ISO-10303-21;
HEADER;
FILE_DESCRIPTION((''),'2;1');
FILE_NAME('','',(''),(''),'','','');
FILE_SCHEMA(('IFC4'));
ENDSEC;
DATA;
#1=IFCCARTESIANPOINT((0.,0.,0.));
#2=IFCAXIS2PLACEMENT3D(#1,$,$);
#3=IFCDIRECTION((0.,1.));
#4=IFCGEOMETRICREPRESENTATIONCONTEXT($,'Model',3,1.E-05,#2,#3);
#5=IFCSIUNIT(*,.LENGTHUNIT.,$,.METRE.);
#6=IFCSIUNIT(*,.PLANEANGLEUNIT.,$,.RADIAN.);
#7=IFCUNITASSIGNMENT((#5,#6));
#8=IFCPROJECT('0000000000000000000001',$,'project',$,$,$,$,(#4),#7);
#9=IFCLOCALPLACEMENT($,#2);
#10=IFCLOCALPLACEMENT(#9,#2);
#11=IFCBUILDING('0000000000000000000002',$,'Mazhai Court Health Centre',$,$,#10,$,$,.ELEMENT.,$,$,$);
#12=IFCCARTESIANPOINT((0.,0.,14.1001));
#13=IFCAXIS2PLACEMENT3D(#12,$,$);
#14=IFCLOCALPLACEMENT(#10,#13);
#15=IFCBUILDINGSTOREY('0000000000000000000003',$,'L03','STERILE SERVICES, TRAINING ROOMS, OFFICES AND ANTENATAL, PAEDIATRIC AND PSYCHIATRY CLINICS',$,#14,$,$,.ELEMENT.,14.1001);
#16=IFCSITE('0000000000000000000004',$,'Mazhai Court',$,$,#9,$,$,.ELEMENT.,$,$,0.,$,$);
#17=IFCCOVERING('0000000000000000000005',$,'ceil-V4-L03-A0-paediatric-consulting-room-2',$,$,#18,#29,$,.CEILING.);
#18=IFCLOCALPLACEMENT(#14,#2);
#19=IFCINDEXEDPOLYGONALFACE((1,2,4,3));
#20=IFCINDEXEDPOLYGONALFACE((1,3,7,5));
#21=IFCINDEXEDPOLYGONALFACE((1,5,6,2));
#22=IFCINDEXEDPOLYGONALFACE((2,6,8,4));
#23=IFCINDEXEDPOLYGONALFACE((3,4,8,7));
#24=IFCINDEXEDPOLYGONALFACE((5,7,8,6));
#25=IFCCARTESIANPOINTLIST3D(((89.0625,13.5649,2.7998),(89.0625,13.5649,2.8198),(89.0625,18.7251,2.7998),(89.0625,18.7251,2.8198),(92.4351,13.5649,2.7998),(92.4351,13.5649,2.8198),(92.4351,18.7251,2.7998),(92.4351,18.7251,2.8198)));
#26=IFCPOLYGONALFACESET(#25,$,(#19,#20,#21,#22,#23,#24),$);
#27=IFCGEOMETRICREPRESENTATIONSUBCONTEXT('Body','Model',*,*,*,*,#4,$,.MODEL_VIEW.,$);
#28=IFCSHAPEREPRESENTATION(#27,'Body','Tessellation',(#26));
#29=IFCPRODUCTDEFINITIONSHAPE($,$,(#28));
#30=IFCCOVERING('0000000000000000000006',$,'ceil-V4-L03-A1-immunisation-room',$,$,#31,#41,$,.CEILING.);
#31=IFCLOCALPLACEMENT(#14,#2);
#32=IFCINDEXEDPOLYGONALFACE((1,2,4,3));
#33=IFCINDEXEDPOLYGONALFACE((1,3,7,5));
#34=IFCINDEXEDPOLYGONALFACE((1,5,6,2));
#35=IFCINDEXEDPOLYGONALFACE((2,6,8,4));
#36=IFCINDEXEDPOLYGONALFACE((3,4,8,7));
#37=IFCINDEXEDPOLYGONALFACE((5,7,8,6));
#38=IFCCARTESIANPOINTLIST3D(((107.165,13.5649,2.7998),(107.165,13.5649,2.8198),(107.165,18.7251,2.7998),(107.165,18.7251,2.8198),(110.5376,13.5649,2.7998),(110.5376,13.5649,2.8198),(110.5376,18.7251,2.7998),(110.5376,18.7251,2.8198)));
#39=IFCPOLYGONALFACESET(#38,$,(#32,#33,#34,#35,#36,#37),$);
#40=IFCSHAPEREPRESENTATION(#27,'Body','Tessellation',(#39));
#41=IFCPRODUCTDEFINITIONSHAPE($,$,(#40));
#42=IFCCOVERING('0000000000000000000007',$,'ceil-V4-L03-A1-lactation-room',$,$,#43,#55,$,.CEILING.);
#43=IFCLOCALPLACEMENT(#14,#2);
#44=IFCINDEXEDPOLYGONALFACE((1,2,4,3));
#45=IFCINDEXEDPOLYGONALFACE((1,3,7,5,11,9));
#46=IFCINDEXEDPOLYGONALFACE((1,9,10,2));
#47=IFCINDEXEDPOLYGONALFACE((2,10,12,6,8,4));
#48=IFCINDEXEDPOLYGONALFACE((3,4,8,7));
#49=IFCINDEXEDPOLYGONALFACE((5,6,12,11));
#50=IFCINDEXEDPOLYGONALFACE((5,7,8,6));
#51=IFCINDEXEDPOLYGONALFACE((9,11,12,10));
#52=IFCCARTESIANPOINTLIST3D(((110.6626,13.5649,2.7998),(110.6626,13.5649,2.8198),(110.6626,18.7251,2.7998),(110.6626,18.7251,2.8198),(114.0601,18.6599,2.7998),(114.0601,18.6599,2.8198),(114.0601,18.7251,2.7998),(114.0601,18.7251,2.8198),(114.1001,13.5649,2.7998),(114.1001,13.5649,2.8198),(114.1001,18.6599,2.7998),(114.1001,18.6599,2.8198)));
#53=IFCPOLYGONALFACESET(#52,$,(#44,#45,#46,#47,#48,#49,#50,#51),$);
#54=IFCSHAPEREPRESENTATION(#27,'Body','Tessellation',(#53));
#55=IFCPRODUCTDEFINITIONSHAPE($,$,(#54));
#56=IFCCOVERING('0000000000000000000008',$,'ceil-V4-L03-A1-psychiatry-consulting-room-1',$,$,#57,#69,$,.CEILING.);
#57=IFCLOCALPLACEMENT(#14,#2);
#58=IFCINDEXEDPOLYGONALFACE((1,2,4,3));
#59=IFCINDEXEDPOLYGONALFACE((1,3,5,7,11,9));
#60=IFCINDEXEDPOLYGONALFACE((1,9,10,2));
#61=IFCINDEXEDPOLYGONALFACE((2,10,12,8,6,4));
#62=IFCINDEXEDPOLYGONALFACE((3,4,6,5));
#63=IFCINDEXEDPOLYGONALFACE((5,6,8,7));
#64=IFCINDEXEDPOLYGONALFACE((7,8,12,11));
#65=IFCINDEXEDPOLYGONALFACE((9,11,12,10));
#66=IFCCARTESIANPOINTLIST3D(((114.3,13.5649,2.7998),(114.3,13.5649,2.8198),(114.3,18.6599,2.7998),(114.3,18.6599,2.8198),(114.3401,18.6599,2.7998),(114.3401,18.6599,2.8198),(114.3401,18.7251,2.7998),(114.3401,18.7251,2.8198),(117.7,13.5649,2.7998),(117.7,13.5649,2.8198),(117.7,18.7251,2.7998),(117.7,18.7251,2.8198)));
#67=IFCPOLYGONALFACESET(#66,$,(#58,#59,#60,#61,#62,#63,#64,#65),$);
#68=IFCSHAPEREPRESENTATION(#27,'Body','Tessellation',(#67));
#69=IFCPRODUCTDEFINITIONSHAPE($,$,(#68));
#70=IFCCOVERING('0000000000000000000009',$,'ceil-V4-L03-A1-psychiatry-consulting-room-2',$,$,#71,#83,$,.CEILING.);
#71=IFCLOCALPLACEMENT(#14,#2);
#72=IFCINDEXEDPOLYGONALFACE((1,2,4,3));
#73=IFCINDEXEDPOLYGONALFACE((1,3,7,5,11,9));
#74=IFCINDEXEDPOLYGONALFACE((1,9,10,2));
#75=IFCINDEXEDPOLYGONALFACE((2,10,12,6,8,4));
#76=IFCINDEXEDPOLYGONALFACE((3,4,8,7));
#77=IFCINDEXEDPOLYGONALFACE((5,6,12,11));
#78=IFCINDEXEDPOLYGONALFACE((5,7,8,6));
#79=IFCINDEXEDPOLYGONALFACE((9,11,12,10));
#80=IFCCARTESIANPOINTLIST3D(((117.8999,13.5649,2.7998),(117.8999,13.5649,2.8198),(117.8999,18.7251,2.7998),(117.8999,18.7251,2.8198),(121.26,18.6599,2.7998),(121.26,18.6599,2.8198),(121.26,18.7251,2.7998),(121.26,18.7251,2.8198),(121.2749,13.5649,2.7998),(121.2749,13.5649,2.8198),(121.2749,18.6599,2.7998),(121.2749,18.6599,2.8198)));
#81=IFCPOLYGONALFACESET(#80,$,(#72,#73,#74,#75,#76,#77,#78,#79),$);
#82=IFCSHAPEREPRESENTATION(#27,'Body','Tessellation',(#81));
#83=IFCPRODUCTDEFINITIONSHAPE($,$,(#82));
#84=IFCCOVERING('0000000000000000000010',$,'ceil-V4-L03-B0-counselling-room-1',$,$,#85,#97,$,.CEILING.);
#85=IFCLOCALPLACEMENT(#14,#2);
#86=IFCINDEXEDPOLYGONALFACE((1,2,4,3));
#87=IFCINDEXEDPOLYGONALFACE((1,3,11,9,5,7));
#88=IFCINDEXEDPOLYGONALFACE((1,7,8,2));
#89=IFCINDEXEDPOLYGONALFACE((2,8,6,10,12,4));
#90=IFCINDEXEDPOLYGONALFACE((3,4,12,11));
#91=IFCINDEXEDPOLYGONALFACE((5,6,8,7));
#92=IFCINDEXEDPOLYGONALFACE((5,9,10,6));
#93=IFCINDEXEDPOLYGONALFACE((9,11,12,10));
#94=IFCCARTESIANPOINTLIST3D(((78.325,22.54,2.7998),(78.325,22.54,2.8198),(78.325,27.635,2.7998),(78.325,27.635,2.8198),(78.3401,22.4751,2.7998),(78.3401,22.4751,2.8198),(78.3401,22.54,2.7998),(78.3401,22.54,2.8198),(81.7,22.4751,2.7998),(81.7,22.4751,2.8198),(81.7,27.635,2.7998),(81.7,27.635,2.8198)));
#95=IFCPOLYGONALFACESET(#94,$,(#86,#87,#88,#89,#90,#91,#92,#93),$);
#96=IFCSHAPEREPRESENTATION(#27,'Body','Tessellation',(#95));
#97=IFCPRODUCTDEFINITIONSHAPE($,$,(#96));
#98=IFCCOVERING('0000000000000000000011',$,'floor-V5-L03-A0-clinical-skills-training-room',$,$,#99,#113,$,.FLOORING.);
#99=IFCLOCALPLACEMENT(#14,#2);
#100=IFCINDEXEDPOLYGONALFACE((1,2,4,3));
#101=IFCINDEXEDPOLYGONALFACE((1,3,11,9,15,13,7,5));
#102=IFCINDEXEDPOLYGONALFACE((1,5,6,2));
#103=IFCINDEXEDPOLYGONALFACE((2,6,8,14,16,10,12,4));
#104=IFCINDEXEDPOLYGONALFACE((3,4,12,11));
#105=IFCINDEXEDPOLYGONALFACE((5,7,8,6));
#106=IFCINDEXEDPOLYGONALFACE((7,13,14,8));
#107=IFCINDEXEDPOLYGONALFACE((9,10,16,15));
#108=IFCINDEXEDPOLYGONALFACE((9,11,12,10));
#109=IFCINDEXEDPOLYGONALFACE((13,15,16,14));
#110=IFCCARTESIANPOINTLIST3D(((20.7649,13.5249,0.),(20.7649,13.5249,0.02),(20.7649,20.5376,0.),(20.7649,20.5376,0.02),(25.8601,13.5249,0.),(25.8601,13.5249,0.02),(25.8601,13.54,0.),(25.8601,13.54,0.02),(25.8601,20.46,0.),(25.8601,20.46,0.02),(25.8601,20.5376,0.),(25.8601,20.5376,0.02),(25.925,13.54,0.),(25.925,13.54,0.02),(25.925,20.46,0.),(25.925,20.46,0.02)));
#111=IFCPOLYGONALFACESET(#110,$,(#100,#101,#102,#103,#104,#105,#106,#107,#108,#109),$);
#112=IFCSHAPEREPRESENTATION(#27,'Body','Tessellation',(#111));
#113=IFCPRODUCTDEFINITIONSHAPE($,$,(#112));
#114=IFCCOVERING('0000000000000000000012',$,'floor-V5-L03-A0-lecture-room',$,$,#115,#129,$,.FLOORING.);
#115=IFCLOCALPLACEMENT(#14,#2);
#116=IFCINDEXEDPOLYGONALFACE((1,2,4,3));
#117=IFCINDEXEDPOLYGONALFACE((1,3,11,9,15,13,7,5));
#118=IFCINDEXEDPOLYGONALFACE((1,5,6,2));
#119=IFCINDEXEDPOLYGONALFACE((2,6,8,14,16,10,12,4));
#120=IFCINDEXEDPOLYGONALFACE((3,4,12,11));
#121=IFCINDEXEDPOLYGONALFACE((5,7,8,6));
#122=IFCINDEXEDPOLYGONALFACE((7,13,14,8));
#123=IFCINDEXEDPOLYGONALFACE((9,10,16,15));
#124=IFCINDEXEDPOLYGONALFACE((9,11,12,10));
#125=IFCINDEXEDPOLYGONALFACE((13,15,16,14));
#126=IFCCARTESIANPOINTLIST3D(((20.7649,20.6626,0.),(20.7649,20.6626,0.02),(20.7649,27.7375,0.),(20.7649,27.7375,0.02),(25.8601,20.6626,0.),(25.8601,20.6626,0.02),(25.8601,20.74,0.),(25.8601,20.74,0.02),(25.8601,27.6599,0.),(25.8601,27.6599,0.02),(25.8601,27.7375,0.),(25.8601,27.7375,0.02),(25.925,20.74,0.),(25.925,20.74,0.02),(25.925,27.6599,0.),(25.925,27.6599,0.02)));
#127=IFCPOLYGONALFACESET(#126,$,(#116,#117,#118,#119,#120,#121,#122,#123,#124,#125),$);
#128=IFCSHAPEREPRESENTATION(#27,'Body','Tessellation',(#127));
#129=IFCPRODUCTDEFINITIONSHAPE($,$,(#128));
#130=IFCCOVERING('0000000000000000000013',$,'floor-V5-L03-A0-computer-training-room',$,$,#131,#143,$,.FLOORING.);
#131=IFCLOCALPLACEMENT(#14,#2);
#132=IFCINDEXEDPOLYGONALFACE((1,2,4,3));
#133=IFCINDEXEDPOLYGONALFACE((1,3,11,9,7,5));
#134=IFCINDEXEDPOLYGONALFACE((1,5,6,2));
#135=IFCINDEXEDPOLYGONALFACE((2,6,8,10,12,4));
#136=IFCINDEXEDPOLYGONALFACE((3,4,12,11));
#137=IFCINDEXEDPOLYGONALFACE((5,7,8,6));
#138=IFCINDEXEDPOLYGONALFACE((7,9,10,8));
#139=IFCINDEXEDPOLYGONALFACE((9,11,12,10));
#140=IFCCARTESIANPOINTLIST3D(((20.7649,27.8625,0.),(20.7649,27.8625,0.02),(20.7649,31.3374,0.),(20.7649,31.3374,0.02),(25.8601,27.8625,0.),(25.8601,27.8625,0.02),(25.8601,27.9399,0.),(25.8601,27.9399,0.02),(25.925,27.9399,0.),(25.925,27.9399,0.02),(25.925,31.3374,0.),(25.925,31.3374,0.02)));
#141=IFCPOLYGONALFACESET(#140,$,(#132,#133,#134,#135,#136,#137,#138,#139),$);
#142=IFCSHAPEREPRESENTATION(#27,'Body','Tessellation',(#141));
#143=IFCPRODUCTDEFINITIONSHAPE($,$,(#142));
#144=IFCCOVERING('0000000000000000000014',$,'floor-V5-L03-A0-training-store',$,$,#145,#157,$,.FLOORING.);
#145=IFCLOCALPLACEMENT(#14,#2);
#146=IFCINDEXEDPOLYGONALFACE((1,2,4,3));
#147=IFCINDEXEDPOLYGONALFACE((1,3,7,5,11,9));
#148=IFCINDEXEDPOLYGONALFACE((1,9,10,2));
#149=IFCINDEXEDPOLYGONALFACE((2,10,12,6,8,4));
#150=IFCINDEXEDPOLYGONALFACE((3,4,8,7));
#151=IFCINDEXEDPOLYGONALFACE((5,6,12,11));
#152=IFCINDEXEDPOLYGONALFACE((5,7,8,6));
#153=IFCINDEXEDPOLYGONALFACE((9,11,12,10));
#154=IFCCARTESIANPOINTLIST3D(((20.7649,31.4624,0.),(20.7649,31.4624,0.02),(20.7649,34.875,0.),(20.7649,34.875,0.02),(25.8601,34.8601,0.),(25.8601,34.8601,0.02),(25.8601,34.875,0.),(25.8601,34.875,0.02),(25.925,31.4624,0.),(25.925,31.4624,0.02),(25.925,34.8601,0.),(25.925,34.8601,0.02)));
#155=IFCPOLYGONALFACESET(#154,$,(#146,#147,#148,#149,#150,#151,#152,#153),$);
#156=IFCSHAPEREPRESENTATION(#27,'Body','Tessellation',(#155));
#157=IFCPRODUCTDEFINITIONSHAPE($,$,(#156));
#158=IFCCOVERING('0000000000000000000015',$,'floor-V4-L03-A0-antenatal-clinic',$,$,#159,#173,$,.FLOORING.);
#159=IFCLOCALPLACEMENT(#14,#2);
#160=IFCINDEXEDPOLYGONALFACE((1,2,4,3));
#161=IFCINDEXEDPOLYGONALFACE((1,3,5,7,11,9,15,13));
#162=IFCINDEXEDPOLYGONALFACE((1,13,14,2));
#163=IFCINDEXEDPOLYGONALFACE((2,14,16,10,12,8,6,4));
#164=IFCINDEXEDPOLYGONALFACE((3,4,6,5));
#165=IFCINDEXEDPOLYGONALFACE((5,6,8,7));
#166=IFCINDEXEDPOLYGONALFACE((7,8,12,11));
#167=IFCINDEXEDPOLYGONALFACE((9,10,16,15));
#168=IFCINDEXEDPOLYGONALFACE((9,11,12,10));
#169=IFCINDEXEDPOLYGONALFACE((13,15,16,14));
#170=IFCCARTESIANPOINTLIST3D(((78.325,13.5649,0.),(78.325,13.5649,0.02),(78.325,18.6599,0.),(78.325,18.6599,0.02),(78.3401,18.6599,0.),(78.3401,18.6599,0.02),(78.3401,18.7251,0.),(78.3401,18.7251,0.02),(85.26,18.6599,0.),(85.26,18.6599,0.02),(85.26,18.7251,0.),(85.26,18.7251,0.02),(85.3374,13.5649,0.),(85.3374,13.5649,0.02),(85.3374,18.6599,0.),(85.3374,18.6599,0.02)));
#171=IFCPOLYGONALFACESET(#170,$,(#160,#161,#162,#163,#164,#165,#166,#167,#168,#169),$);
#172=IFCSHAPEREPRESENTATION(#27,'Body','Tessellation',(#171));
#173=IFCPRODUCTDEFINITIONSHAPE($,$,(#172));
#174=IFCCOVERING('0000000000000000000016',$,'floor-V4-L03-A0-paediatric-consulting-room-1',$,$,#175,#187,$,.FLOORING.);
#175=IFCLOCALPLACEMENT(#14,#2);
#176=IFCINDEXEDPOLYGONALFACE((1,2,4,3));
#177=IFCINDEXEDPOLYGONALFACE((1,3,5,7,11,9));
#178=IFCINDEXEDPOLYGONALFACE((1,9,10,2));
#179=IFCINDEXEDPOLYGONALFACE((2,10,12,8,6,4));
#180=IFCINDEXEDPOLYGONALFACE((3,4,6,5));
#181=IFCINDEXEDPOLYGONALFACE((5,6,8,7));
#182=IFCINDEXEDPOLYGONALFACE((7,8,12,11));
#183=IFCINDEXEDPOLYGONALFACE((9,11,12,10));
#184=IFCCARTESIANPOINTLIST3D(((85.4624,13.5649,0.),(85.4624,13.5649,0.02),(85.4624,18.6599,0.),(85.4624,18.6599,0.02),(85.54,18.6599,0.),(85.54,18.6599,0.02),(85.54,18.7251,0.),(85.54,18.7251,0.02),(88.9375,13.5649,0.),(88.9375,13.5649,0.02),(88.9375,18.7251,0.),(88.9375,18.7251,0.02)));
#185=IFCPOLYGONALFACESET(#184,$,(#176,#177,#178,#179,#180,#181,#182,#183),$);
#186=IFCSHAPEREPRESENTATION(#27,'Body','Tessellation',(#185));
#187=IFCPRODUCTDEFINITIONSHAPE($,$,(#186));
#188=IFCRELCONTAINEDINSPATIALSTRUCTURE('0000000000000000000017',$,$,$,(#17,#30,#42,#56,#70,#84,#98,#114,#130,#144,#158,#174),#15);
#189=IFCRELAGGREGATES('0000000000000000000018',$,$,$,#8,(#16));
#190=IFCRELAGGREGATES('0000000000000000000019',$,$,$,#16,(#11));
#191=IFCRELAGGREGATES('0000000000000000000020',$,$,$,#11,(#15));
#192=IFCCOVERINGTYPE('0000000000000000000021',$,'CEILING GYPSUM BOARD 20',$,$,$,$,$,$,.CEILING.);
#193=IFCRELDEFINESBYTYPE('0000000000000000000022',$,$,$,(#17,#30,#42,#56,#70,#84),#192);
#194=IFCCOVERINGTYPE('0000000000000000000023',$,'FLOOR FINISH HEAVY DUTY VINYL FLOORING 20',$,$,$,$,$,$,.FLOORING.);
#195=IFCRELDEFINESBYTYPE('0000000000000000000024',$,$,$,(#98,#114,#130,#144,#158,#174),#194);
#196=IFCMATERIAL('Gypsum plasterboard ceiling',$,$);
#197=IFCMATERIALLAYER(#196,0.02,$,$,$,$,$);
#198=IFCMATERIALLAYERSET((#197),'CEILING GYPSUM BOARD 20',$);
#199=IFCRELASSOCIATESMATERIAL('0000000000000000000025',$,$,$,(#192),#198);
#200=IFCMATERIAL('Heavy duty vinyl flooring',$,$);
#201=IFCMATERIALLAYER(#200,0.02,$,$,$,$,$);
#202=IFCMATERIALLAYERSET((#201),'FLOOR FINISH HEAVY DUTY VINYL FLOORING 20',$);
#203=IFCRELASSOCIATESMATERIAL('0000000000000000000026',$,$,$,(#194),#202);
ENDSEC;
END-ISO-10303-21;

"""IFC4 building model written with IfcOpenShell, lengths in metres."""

from ifc_helpers import new_model, si_unit, direction, frame, origin, place, context, subcontext, project, spatial, polyline, outline, extrude, material, layer, layer_set, type_object, element, save


model = new_model("IFC4")

# Units and contexts
model_context = context("Model", 3, precision=1e-05, world=origin(), true_north=direction((0.0, 1.0)))
body_context = subcontext(model_context, "Body", "Model", "MODEL_VIEW")
ifc_project = project(units=[si_unit("LENGTHUNIT", "METRE"), si_unit("PLANEANGLEUNIT", "RADIAN")], contexts=[model_context])

# Site, building, storey
site_placement = place(None, origin())
site = spatial("IfcSite", under=ifc_project, at=site_placement, Name="Mazhai Court", CompositionType="ELEMENT", RefElevation=0.0)
building_placement = place(site_placement, origin())
building = spatial("IfcBuilding", under=site, at=building_placement, Name="Mazhai Court Health Centre", CompositionType="ELEMENT")
storey_placement = place(building_placement, frame((0.0, 0.0, 14.1001)))
storey = spatial("IfcBuildingStorey", under=building, at=storey_placement, Name="L03", Description="STERILE SERVICES, TRAINING ROOMS, OFFICES AND ANTENATAL, PAEDIATRIC AND PSYCHIATRY CLINICS", CompositionType="ELEMENT", Elevation=14.1001)

# Coverings
ifc_material_1 = material(Name="Gypsum plasterboard ceiling")
ifc_layer_1 = layer(ifc_material_1, 0.02)
ifc_layer_set_1 = layer_set([ifc_layer_1], Name="CEILING GYPSUM BOARD 20")
covering_type_1 = type_object("IfcCoveringType", Name="CEILING GYPSUM BOARD 20", PredefinedType="CEILING", material=ifc_layer_set_1)
covering_1_placement = place(storey_placement, frame((0.0, 0.0, 2.7998)))
element("IfcCovering", 1, at=covering_1_placement, inside=storey, type_object=covering_type_1, Name="ceil-V4-L03-A0-paediatric-consulting-room-2", PredefinedType="CEILING", context=body_context, shape_type="SweptSolid", body=[
    extrude(outline(polyline([(92.4351, 13.5649), (92.4351, 18.7251), (89.0625, 18.7251), (89.0625, 13.5649), (92.4351, 13.5649)])), origin(), (0.0, 0.0, 1.0), 0.02),
])
covering_2_placement = place(storey_placement, frame((0.0, 0.0, 2.7998)))
element("IfcCovering", 2, at=covering_2_placement, inside=storey, type_object=covering_type_1, Name="ceil-V4-L03-A1-immunisation-room", PredefinedType="CEILING", context=body_context, shape_type="SweptSolid", body=[
    extrude(outline(polyline([(110.5376, 13.5649), (110.5376, 18.7251), (107.165, 18.7251), (107.165, 13.5649), (110.5376, 13.5649)])), origin(), (0.0, 0.0, 1.0), 0.02),
])
covering_3_placement = place(storey_placement, frame((0.0, 0.0, 2.7998)))
element("IfcCovering", 3, at=covering_3_placement, inside=storey, type_object=covering_type_1, Name="ceil-V4-L03-A1-lactation-room", PredefinedType="CEILING", context=body_context, shape_type="SweptSolid", body=[
    extrude(outline(polyline([(114.1001, 18.6599), (114.0601, 18.6599), (114.0601, 18.7251), (110.6626, 18.7251), (110.6626, 13.5649), (114.1001, 13.5649), (114.1001, 18.6599)])), origin(), (0.0, 0.0, 1.0), 0.02),
])
covering_4_placement = place(storey_placement, frame((0.0, 0.0, 2.7998)))
element("IfcCovering", 4, at=covering_4_placement, inside=storey, type_object=covering_type_1, Name="ceil-V4-L03-A1-psychiatry-consulting-room-1", PredefinedType="CEILING", context=body_context, shape_type="SweptSolid", body=[
    extrude(outline(polyline([(114.3401, 18.7251), (114.3401, 18.6599), (114.3, 18.6599), (114.3, 13.5649), (117.7, 13.5649), (117.7, 18.7251), (114.3401, 18.7251)])), origin(), (0.0, 0.0, 1.0), 0.02),
])
covering_5_placement = place(storey_placement, frame((0.0, 0.0, 2.7998)))
element("IfcCovering", 5, at=covering_5_placement, inside=storey, type_object=covering_type_1, Name="ceil-V4-L03-A1-psychiatry-consulting-room-2", PredefinedType="CEILING", context=body_context, shape_type="SweptSolid", body=[
    extrude(outline(polyline([(121.2749, 18.6599), (121.26, 18.6599), (121.26, 18.7251), (117.8999, 18.7251), (117.8999, 13.5649), (121.2749, 13.5649), (121.2749, 18.6599)])), origin(), (0.0, 0.0, 1.0), 0.02),
])
covering_6_placement = place(storey_placement, frame((0.0, 0.0, 2.7998)))
element("IfcCovering", 6, at=covering_6_placement, inside=storey, type_object=covering_type_1, Name="ceil-V4-L03-B0-counselling-room-1", PredefinedType="CEILING", context=body_context, shape_type="SweptSolid", body=[
    extrude(outline(polyline([(78.325, 22.54), (78.3401, 22.54), (78.3401, 22.4751), (81.7, 22.4751), (81.7, 27.635), (78.325, 27.635), (78.325, 22.54)])), origin(), (0.0, 0.0, 1.0), 0.02),
])
ifc_material_2 = material(Name="Heavy duty vinyl flooring")
ifc_layer_2 = layer(ifc_material_2, 0.02)
ifc_layer_set_2 = layer_set([ifc_layer_2], Name="FLOOR FINISH HEAVY DUTY VINYL FLOORING 20")
covering_type_2 = type_object("IfcCoveringType", Name="FLOOR FINISH HEAVY DUTY VINYL FLOORING 20", PredefinedType="FLOORING", material=ifc_layer_set_2)
covering_7_placement = place(storey_placement, origin())
element("IfcCovering", 7, at=covering_7_placement, inside=storey, type_object=covering_type_2, Name="floor-V5-L03-A0-clinical-skills-training-room", PredefinedType="FLOORING", context=body_context, shape_type="SweptSolid", body=[
    extrude(outline(polyline([(25.925, 20.46), (25.8601, 20.46), (25.8601, 20.5376), (20.7649, 20.5376), (20.7649, 13.5249), (25.8601, 13.5249), (25.8601, 13.54), (25.925, 13.54), (25.925, 20.46)])), origin(), (0.0, 0.0, 1.0), 0.02),
])
covering_8_placement = place(storey_placement, origin())
element("IfcCovering", 8, at=covering_8_placement, inside=storey, type_object=covering_type_2, Name="floor-V5-L03-A0-lecture-room", PredefinedType="FLOORING", context=body_context, shape_type="SweptSolid", body=[
    extrude(outline(polyline([(25.925, 27.6599), (25.8601, 27.6599), (25.8601, 27.7375), (20.7649, 27.7375), (20.7649, 20.6626), (25.8601, 20.6626), (25.8601, 20.74), (25.925, 20.74), (25.925, 27.6599)])), origin(), (0.0, 0.0, 1.0), 0.02),
])
covering_9_placement = place(storey_placement, origin())
element("IfcCovering", 9, at=covering_9_placement, inside=storey, type_object=covering_type_2, Name="floor-V5-L03-A0-computer-training-room", PredefinedType="FLOORING", context=body_context, shape_type="SweptSolid", body=[
    extrude(outline(polyline([(25.8601, 27.8625), (25.8601, 27.9399), (25.925, 27.9399), (25.925, 31.3374), (20.7649, 31.3374), (20.7649, 27.8625), (25.8601, 27.8625)])), origin(), (0.0, 0.0, 1.0), 0.02),
])
covering_10_placement = place(storey_placement, origin())
element("IfcCovering", 10, at=covering_10_placement, inside=storey, type_object=covering_type_2, Name="floor-V5-L03-A0-training-store", PredefinedType="FLOORING", context=body_context, shape_type="SweptSolid", body=[
    extrude(outline(polyline([(25.925, 34.8601), (25.8601, 34.8601), (25.8601, 34.875), (20.7649, 34.875), (20.7649, 31.4624), (25.925, 31.4624), (25.925, 34.8601)])), origin(), (0.0, 0.0, 1.0), 0.02),
])
covering_11_placement = place(storey_placement, origin())
element("IfcCovering", 11, at=covering_11_placement, inside=storey, type_object=covering_type_2, Name="floor-V4-L03-A0-antenatal-clinic", PredefinedType="FLOORING", context=body_context, shape_type="SweptSolid", body=[
    extrude(outline(polyline([(85.3374, 18.6599), (85.26, 18.6599), (85.26, 18.7251), (78.3401, 18.7251), (78.3401, 18.6599), (78.325, 18.6599), (78.325, 13.5649), (85.3374, 13.5649), (85.3374, 18.6599)])), origin(), (0.0, 0.0, 1.0), 0.02),
])
covering_12_placement = place(storey_placement, origin())
element("IfcCovering", 12, at=covering_12_placement, inside=storey, type_object=covering_type_2, Name="floor-V4-L03-A0-paediatric-consulting-room-1", PredefinedType="FLOORING", context=body_context, shape_type="SweptSolid", body=[
    extrude(outline(polyline([(85.54, 18.7251), (85.54, 18.6599), (85.4624, 18.6599), (85.4624, 13.5649), (88.9375, 13.5649), (88.9375, 18.7251), (85.54, 18.7251)])), origin(), (0.0, 0.0, 1.0), 0.02),
])

save(model, "model.ifc")
